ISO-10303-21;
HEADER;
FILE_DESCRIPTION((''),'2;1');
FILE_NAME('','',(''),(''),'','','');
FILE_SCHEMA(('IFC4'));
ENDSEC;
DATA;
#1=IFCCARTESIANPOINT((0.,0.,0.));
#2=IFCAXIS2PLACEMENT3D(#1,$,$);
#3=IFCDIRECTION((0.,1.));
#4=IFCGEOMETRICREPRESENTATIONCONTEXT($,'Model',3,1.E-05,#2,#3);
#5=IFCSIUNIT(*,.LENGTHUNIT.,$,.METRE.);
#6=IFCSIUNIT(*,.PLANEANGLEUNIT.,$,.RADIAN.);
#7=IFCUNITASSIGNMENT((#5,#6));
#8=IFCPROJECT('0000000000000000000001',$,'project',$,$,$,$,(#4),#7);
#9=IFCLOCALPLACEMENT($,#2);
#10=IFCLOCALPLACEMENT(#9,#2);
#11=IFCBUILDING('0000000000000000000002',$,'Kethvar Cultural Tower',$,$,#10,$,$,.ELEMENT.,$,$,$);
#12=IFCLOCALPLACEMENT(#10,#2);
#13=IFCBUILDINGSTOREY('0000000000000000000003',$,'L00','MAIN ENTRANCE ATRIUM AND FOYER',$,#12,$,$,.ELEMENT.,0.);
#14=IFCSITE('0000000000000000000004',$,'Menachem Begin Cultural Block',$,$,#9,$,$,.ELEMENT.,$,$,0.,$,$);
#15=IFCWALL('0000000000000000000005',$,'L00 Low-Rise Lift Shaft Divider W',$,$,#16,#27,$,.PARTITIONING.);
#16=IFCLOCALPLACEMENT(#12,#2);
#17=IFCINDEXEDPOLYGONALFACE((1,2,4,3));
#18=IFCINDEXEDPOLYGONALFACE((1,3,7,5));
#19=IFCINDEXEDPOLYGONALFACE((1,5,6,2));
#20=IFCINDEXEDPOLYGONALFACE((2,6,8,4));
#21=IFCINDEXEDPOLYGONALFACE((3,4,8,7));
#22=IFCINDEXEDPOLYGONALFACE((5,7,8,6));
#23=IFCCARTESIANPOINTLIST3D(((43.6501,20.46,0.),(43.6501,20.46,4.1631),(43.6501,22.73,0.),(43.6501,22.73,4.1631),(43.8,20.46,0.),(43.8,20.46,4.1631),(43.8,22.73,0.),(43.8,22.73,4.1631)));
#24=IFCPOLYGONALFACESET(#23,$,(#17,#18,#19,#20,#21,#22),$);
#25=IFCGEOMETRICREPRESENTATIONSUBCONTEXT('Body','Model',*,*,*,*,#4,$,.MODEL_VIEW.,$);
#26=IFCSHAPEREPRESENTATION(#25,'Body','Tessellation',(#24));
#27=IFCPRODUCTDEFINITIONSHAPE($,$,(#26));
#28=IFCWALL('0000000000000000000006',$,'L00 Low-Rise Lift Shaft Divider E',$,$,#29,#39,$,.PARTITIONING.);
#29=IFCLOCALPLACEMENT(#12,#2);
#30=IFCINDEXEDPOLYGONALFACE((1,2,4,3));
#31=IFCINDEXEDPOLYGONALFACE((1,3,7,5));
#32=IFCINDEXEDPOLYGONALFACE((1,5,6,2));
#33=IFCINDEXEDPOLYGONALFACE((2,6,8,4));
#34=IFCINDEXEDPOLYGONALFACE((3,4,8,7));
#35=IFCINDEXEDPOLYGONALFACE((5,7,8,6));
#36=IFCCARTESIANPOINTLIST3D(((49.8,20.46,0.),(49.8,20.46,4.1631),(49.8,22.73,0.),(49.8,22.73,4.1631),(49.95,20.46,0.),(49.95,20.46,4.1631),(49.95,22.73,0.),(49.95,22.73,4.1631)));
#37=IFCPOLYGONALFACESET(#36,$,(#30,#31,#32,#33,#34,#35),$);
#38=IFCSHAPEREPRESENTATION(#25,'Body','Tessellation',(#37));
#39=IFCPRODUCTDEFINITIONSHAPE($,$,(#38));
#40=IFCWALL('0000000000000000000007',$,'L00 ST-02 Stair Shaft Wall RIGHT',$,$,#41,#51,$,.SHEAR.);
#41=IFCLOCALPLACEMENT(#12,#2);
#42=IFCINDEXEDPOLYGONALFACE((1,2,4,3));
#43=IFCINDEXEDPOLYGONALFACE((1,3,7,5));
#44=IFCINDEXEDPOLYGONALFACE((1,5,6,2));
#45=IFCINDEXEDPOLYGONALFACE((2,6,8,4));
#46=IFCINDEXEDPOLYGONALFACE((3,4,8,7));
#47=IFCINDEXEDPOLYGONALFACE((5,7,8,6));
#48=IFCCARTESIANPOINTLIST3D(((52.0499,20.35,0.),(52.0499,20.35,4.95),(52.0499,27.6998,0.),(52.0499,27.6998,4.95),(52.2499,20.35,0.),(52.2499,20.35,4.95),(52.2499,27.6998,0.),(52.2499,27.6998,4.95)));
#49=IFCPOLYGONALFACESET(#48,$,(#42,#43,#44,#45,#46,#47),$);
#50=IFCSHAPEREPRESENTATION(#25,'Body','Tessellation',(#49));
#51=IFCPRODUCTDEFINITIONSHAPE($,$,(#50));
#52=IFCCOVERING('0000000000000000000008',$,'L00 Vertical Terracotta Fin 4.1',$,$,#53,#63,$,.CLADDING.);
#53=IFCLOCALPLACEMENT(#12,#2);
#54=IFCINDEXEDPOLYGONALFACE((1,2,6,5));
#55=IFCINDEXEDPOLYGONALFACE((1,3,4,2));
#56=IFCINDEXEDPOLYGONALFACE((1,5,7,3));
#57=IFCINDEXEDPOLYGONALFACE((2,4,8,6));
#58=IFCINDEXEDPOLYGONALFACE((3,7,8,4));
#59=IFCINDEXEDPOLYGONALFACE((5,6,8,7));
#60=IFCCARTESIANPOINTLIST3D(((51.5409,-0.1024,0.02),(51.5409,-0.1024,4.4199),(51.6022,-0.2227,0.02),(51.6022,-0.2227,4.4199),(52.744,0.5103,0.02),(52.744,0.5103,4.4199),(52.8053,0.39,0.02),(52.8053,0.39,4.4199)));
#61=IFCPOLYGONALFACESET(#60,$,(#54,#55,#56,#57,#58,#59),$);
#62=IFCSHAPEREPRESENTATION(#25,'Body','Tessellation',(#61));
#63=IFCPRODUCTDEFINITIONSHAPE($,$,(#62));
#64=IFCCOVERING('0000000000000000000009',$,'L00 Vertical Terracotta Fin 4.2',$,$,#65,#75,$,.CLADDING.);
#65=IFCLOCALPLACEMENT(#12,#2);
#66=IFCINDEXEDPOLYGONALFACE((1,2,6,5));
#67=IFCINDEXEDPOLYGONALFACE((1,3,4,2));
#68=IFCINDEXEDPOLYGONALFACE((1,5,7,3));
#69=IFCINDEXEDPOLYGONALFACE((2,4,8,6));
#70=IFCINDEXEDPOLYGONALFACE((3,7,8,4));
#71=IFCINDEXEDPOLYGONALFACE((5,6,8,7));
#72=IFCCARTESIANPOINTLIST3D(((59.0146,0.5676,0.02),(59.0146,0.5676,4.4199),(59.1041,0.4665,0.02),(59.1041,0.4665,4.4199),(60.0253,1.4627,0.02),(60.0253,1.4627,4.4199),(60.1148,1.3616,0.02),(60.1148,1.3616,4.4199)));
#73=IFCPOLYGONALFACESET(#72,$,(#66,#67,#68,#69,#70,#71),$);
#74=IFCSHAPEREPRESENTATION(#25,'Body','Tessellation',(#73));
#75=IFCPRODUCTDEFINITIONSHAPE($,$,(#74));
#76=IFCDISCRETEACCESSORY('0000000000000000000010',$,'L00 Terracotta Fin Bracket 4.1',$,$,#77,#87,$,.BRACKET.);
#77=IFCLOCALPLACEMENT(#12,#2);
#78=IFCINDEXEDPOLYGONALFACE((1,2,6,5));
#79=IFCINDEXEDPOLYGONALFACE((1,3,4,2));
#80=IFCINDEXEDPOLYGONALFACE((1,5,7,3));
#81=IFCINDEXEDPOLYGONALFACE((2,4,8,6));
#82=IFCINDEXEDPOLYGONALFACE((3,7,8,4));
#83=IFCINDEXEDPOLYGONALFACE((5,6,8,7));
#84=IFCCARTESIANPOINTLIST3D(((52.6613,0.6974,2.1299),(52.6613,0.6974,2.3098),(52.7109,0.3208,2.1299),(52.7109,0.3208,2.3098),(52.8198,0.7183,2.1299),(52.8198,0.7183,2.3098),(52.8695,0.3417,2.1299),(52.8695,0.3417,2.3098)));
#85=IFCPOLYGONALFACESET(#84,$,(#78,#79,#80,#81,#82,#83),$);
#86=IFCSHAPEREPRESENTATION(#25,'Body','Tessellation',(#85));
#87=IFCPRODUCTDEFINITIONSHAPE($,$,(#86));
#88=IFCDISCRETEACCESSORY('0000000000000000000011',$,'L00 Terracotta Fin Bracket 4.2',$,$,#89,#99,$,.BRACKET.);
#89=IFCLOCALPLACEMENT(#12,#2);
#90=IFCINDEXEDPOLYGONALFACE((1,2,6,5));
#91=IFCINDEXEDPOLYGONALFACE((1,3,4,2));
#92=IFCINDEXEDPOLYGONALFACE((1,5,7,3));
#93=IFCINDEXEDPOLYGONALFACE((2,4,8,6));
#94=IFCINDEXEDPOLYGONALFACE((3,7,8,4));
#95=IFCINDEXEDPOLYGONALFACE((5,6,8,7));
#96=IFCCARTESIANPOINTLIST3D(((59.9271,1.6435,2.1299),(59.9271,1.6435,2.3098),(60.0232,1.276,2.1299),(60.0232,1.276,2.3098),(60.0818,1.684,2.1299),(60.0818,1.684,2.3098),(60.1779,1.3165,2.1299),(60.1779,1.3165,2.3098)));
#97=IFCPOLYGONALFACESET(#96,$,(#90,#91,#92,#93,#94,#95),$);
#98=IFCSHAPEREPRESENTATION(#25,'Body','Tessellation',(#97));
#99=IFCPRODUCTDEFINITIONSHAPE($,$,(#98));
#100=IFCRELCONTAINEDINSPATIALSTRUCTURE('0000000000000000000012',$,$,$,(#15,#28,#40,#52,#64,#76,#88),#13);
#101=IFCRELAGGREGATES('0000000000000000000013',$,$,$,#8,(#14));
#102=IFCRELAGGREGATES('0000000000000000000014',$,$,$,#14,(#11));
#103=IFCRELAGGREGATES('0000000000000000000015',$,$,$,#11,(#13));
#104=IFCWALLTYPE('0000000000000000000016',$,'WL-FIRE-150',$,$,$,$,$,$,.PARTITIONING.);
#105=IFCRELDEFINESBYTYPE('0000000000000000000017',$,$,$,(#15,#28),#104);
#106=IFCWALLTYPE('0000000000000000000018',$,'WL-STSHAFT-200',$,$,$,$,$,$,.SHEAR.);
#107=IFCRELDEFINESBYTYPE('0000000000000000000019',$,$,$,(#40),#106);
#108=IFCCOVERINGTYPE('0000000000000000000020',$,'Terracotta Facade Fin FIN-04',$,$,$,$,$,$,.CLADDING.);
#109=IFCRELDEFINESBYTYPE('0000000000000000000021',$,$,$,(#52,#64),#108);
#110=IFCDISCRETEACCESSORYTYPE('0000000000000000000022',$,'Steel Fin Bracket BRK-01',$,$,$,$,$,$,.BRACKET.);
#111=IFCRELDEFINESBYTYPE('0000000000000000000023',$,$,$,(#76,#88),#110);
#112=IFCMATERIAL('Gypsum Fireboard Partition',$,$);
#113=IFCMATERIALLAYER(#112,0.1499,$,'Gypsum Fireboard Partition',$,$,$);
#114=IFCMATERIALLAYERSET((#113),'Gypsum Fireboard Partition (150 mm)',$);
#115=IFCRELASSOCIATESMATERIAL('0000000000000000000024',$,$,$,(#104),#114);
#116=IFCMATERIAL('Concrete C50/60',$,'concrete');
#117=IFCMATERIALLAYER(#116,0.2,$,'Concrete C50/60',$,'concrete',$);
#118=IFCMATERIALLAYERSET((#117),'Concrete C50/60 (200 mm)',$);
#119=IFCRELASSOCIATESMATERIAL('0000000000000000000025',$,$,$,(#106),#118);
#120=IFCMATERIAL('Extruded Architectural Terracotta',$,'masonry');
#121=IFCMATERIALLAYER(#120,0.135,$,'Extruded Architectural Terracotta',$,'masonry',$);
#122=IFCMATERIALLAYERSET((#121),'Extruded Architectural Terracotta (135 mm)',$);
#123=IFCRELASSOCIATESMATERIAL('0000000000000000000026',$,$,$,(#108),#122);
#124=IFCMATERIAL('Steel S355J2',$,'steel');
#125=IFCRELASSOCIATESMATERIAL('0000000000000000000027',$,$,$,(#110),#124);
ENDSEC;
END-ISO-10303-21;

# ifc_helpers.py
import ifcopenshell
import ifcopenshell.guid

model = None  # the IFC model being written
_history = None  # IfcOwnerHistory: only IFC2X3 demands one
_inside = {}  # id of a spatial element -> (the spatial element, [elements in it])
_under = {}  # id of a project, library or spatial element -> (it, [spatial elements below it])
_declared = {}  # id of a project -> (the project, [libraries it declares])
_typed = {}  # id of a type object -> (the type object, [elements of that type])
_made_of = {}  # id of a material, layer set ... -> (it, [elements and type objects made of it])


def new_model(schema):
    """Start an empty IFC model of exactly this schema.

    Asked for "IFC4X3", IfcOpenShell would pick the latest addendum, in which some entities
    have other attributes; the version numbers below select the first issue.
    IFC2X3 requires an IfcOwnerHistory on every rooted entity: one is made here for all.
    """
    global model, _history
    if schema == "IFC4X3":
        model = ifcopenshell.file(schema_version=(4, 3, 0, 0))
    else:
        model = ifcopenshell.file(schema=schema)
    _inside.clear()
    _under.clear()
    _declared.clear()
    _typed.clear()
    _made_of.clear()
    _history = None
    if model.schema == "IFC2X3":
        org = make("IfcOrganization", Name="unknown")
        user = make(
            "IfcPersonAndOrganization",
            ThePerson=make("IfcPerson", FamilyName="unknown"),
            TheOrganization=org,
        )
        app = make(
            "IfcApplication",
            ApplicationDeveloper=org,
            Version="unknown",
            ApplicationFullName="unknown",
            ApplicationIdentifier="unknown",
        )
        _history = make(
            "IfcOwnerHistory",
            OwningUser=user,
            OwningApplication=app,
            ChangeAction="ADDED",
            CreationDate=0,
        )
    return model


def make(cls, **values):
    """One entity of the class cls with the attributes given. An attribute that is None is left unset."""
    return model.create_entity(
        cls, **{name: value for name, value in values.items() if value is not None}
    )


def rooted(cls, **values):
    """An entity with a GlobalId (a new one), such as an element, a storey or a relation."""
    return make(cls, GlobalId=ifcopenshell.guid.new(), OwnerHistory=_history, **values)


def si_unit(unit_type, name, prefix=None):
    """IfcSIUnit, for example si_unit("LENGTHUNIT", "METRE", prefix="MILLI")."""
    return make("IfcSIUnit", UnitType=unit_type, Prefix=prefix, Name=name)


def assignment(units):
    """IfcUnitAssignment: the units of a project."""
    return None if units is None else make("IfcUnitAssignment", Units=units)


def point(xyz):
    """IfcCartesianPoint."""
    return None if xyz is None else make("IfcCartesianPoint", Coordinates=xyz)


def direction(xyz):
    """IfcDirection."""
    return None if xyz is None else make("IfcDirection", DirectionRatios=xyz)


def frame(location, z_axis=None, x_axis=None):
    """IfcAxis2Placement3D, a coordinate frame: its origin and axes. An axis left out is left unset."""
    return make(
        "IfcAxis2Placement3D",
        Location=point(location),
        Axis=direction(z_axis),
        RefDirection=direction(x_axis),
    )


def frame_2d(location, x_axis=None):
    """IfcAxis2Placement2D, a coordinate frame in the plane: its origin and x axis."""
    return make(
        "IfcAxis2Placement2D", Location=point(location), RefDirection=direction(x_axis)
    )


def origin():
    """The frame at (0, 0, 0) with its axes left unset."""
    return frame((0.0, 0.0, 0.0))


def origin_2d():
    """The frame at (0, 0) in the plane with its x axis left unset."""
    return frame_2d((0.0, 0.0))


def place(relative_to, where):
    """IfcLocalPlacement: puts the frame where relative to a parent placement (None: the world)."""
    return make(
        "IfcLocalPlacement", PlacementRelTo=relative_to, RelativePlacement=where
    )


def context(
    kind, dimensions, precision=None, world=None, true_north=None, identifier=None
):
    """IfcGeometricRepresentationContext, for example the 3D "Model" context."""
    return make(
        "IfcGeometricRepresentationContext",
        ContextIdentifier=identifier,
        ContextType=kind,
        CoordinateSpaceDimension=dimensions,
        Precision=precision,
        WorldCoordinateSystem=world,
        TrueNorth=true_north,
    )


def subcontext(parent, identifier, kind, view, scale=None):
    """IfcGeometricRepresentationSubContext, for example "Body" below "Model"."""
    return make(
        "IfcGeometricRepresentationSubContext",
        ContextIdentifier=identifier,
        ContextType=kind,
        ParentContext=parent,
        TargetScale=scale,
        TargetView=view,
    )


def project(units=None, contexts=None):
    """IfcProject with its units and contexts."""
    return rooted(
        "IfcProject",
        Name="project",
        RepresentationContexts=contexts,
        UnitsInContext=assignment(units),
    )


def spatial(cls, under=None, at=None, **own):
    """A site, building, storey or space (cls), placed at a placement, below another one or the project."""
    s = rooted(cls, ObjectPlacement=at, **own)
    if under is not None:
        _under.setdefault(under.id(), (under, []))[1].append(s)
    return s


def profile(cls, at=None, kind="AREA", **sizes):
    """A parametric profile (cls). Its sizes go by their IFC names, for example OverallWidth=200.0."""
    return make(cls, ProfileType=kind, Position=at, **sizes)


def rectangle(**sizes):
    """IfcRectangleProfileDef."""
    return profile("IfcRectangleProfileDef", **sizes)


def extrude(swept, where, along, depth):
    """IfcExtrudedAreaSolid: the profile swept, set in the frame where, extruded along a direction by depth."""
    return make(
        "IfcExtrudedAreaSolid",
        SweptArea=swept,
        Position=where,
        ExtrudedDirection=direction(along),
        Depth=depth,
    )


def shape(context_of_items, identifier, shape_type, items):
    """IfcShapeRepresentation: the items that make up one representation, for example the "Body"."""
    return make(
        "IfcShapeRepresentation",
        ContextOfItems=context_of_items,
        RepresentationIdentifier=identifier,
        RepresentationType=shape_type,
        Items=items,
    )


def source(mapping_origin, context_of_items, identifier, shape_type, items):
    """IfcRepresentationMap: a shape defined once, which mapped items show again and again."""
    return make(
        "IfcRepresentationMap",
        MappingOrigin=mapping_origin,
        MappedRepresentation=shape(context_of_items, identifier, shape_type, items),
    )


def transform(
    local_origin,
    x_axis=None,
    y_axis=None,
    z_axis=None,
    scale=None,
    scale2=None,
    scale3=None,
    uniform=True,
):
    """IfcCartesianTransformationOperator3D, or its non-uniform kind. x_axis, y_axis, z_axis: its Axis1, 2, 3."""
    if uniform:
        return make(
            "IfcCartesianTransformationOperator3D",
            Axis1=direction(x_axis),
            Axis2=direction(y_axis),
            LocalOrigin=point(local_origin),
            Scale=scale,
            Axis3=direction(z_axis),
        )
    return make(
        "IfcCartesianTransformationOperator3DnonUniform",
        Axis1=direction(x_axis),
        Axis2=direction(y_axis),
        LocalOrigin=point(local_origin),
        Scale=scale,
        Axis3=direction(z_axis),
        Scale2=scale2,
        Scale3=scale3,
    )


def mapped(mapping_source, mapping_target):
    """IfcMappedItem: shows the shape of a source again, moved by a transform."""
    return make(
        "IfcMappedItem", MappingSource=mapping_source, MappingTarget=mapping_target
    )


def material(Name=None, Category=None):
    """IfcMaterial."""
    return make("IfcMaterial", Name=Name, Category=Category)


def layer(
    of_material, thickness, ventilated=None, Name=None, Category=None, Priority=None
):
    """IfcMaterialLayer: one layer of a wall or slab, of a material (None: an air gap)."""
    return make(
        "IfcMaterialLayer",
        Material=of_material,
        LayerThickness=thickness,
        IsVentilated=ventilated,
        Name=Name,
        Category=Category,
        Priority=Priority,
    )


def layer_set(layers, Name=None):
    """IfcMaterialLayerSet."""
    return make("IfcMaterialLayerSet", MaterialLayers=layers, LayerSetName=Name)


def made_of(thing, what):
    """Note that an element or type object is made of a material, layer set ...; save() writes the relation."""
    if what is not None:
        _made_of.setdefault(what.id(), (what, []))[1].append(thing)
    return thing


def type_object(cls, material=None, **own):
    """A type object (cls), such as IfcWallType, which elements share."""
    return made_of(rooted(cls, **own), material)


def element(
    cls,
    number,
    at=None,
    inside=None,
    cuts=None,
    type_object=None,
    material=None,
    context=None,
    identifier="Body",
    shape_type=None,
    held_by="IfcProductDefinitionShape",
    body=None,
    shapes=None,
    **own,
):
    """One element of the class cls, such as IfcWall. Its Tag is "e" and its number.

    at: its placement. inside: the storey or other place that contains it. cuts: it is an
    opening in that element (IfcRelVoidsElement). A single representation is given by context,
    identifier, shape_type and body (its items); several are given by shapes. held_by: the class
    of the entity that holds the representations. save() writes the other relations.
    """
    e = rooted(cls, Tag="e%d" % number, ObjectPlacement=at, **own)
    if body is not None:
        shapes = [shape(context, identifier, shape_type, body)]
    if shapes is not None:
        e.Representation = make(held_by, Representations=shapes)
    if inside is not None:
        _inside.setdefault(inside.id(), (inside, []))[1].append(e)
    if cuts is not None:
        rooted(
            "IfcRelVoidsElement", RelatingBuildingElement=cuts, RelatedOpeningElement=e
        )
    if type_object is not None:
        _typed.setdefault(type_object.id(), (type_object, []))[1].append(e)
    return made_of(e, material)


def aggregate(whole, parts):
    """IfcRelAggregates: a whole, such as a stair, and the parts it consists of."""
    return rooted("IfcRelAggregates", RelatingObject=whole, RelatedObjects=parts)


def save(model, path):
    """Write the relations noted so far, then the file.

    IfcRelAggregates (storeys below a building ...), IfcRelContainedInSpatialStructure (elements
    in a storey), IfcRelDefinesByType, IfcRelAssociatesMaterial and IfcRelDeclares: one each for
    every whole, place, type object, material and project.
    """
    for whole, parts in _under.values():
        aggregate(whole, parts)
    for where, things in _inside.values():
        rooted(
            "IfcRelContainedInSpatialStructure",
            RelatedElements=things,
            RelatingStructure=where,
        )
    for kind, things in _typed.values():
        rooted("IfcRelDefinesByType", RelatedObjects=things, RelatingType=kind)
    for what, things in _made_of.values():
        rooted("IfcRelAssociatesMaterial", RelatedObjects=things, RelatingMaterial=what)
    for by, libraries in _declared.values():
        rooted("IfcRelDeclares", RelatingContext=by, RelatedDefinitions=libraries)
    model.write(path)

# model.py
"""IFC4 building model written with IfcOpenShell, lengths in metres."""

from ifc_helpers import new_model, si_unit, direction, frame, frame_2d, origin, origin_2d, place, context, subcontext, project, spatial, rectangle, extrude, source, transform, mapped, material, layer, layer_set, type_object, element, save


model = new_model("IFC4")

# Units and contexts
model_context = context("Model", 3, precision=1e-05, world=origin(), true_north=direction((0.0, 1.0)))
body_context = subcontext(model_context, "Body", "Model", "MODEL_VIEW")
ifc_project = project(units=[si_unit("LENGTHUNIT", "METRE"), si_unit("PLANEANGLEUNIT", "RADIAN")], contexts=[model_context])

# Site, building, storey
site_placement = place(None, origin())
site = spatial("IfcSite", under=ifc_project, at=site_placement, Name="Menachem Begin Cultural Block", CompositionType="ELEMENT", RefElevation=0.0)
building_placement = place(site_placement, origin())
building = spatial("IfcBuilding", under=site, at=building_placement, Name="Kethvar Cultural Tower", CompositionType="ELEMENT")
storey_placement = place(building_placement, origin())
storey = spatial("IfcBuildingStorey", under=building, at=storey_placement, Name="L00", Description="MAIN ENTRANCE ATRIUM AND FOYER", CompositionType="ELEMENT", Elevation=0.0)

# Shared definitions
ifc_material_1 = material(Name="Steel S355J2", Category="steel")

# Walls
ifc_material_2 = material(Name="Gypsum Fireboard Partition")
ifc_layer_1 = layer(ifc_material_2, 0.1499, Name="Gypsum Fireboard Partition")
ifc_layer_set_1 = layer_set([ifc_layer_1], Name="Gypsum Fireboard Partition (150 mm)")
wall_type_1 = type_object("IfcWallType", Name="WL-FIRE-150", PredefinedType="PARTITIONING", material=ifc_layer_set_1)
for number, where, z_axis, x_axis, name in (
    (1, (43.7251, 20.46, 0.0), (0.0, 0.0, 1.0), (0.0, 1.0, 0.0), "L00 Low-Rise Lift Shaft Divider W"),
    (2, (49.875, 20.46, 0.0), (0.0, 0.0, 1.0), (0.0, 1.0, 0.0), "L00 Low-Rise Lift Shaft Divider E"),
):
    element("IfcWall", number, at=place(storey_placement, frame(where, z_axis=z_axis, x_axis=x_axis)), inside=storey, type_object=wall_type_1, Name=name, PredefinedType="PARTITIONING", context=body_context, shape_type="SweptSolid", body=[
        extrude(rectangle(XDim=2.27, YDim=0.1499, at=frame_2d((1.135, 0.0))), origin(), (0.0, 0.0, 1.0), 4.1631),
    ])
ifc_material_3 = material(Name="Concrete C50/60", Category="concrete")
ifc_layer_2 = layer(ifc_material_3, 0.2, Name="Concrete C50/60", Category="concrete")
ifc_layer_set_2 = layer_set([ifc_layer_2], Name="Concrete C50/60 (200 mm)")
wall_type_2 = type_object("IfcWallType", Name="WL-STSHAFT-200", PredefinedType="SHEAR", material=ifc_layer_set_2)
wall_1_placement = place(storey_placement, frame((52.1499, 20.3501, 0.0), z_axis=(0.0, 0.0, 1.0), x_axis=(0.0, 1.0, 0.0)))
element("IfcWall", 3, at=wall_1_placement, inside=storey, type_object=wall_type_2, Name="L00 ST-02 Stair Shaft Wall RIGHT", PredefinedType="SHEAR", context=body_context, shape_type="SweptSolid", body=[
    extrude(rectangle(XDim=7.3499, YDim=0.2, at=frame_2d((3.6748, 0.0))), origin(), (0.0, 0.0, 1.0), 4.95),
])

# Coverings
ifc_material_4 = material(Name="Extruded Architectural Terracotta", Category="masonry")
ifc_layer_3 = layer(ifc_material_4, 0.135, Name="Extruded Architectural Terracotta", Category="masonry")
ifc_layer_set_3 = layer_set([ifc_layer_3], Name="Extruded Architectural Terracotta (135 mm)")
covering_type = type_object("IfcCoveringType", Name="Terracotta Facade Fin FIN-04", PredefinedType="CLADDING", material=ifc_layer_set_3)
shared_shape_1 = source(origin(), body_context, "Body", "SweptSolid", [
    extrude(rectangle(XDim=1.3501, YDim=0.135, at=origin_2d()), origin(), (0.0, 0.0, 1.0), 4.3999),
])
for number, where, z_axis, x_axis, name in (
    (4, (52.1731, 0.1438, 0.02), (0.0, 0.0, 1.0), (-0.891086, -0.453835, 0.0), "L00 Vertical Terracotta Fin 4.1"),
    (5, (59.5647, 0.9646, 0.02), (0.0, 0.0, 1.0), (-0.748609, -0.663012, 0.0), "L00 Vertical Terracotta Fin 4.2"),
):
    element("IfcCovering", number, at=place(storey_placement, frame(where, z_axis=z_axis, x_axis=x_axis)), inside=storey, type_object=covering_type, Name=name, PredefinedType="CLADDING", context=body_context, shape_type="MappedRepresentation", body=[
        mapped(shared_shape_1, transform((0.0, 0.0, 0.0), scale=1.0)),
    ])

# Discrete accessories
discrete_accessory_type = type_object("IfcDiscreteAccessoryType", Name="Steel Fin Bracket BRK-01", PredefinedType="BRACKET", material=ifc_material_1)
shared_shape_2 = source(origin(), body_context, "Body", "SweptSolid", [
    extrude(rectangle(XDim=0.3799, YDim=0.1599, at=origin_2d()), origin(), (0.0, 0.0, 1.0), 0.1799),
])
for number, where, z_axis, x_axis, name in (
    (6, (52.7654, 0.5195, 2.1299), (0.0, 0.0, 1.0), (0.130699, -0.991422, 0.0), "L00 Terracotta Fin Bracket 4.1"),
    (7, (60.0525, 1.48, 2.1299), (0.0, 0.0, 1.0), (0.253083, -0.967445, 0.0), "L00 Terracotta Fin Bracket 4.2"),
):
    element("IfcDiscreteAccessory", number, at=place(storey_placement, frame(where, z_axis=z_axis, x_axis=x_axis)), inside=storey, type_object=discrete_accessory_type, Name=name, PredefinedType="BRACKET", context=body_context, shape_type="MappedRepresentation", body=[
        mapped(shared_shape_2, transform((0.0, 0.0, 0.0), scale=1.0)),
    ])

save(model, "model.ifc")
